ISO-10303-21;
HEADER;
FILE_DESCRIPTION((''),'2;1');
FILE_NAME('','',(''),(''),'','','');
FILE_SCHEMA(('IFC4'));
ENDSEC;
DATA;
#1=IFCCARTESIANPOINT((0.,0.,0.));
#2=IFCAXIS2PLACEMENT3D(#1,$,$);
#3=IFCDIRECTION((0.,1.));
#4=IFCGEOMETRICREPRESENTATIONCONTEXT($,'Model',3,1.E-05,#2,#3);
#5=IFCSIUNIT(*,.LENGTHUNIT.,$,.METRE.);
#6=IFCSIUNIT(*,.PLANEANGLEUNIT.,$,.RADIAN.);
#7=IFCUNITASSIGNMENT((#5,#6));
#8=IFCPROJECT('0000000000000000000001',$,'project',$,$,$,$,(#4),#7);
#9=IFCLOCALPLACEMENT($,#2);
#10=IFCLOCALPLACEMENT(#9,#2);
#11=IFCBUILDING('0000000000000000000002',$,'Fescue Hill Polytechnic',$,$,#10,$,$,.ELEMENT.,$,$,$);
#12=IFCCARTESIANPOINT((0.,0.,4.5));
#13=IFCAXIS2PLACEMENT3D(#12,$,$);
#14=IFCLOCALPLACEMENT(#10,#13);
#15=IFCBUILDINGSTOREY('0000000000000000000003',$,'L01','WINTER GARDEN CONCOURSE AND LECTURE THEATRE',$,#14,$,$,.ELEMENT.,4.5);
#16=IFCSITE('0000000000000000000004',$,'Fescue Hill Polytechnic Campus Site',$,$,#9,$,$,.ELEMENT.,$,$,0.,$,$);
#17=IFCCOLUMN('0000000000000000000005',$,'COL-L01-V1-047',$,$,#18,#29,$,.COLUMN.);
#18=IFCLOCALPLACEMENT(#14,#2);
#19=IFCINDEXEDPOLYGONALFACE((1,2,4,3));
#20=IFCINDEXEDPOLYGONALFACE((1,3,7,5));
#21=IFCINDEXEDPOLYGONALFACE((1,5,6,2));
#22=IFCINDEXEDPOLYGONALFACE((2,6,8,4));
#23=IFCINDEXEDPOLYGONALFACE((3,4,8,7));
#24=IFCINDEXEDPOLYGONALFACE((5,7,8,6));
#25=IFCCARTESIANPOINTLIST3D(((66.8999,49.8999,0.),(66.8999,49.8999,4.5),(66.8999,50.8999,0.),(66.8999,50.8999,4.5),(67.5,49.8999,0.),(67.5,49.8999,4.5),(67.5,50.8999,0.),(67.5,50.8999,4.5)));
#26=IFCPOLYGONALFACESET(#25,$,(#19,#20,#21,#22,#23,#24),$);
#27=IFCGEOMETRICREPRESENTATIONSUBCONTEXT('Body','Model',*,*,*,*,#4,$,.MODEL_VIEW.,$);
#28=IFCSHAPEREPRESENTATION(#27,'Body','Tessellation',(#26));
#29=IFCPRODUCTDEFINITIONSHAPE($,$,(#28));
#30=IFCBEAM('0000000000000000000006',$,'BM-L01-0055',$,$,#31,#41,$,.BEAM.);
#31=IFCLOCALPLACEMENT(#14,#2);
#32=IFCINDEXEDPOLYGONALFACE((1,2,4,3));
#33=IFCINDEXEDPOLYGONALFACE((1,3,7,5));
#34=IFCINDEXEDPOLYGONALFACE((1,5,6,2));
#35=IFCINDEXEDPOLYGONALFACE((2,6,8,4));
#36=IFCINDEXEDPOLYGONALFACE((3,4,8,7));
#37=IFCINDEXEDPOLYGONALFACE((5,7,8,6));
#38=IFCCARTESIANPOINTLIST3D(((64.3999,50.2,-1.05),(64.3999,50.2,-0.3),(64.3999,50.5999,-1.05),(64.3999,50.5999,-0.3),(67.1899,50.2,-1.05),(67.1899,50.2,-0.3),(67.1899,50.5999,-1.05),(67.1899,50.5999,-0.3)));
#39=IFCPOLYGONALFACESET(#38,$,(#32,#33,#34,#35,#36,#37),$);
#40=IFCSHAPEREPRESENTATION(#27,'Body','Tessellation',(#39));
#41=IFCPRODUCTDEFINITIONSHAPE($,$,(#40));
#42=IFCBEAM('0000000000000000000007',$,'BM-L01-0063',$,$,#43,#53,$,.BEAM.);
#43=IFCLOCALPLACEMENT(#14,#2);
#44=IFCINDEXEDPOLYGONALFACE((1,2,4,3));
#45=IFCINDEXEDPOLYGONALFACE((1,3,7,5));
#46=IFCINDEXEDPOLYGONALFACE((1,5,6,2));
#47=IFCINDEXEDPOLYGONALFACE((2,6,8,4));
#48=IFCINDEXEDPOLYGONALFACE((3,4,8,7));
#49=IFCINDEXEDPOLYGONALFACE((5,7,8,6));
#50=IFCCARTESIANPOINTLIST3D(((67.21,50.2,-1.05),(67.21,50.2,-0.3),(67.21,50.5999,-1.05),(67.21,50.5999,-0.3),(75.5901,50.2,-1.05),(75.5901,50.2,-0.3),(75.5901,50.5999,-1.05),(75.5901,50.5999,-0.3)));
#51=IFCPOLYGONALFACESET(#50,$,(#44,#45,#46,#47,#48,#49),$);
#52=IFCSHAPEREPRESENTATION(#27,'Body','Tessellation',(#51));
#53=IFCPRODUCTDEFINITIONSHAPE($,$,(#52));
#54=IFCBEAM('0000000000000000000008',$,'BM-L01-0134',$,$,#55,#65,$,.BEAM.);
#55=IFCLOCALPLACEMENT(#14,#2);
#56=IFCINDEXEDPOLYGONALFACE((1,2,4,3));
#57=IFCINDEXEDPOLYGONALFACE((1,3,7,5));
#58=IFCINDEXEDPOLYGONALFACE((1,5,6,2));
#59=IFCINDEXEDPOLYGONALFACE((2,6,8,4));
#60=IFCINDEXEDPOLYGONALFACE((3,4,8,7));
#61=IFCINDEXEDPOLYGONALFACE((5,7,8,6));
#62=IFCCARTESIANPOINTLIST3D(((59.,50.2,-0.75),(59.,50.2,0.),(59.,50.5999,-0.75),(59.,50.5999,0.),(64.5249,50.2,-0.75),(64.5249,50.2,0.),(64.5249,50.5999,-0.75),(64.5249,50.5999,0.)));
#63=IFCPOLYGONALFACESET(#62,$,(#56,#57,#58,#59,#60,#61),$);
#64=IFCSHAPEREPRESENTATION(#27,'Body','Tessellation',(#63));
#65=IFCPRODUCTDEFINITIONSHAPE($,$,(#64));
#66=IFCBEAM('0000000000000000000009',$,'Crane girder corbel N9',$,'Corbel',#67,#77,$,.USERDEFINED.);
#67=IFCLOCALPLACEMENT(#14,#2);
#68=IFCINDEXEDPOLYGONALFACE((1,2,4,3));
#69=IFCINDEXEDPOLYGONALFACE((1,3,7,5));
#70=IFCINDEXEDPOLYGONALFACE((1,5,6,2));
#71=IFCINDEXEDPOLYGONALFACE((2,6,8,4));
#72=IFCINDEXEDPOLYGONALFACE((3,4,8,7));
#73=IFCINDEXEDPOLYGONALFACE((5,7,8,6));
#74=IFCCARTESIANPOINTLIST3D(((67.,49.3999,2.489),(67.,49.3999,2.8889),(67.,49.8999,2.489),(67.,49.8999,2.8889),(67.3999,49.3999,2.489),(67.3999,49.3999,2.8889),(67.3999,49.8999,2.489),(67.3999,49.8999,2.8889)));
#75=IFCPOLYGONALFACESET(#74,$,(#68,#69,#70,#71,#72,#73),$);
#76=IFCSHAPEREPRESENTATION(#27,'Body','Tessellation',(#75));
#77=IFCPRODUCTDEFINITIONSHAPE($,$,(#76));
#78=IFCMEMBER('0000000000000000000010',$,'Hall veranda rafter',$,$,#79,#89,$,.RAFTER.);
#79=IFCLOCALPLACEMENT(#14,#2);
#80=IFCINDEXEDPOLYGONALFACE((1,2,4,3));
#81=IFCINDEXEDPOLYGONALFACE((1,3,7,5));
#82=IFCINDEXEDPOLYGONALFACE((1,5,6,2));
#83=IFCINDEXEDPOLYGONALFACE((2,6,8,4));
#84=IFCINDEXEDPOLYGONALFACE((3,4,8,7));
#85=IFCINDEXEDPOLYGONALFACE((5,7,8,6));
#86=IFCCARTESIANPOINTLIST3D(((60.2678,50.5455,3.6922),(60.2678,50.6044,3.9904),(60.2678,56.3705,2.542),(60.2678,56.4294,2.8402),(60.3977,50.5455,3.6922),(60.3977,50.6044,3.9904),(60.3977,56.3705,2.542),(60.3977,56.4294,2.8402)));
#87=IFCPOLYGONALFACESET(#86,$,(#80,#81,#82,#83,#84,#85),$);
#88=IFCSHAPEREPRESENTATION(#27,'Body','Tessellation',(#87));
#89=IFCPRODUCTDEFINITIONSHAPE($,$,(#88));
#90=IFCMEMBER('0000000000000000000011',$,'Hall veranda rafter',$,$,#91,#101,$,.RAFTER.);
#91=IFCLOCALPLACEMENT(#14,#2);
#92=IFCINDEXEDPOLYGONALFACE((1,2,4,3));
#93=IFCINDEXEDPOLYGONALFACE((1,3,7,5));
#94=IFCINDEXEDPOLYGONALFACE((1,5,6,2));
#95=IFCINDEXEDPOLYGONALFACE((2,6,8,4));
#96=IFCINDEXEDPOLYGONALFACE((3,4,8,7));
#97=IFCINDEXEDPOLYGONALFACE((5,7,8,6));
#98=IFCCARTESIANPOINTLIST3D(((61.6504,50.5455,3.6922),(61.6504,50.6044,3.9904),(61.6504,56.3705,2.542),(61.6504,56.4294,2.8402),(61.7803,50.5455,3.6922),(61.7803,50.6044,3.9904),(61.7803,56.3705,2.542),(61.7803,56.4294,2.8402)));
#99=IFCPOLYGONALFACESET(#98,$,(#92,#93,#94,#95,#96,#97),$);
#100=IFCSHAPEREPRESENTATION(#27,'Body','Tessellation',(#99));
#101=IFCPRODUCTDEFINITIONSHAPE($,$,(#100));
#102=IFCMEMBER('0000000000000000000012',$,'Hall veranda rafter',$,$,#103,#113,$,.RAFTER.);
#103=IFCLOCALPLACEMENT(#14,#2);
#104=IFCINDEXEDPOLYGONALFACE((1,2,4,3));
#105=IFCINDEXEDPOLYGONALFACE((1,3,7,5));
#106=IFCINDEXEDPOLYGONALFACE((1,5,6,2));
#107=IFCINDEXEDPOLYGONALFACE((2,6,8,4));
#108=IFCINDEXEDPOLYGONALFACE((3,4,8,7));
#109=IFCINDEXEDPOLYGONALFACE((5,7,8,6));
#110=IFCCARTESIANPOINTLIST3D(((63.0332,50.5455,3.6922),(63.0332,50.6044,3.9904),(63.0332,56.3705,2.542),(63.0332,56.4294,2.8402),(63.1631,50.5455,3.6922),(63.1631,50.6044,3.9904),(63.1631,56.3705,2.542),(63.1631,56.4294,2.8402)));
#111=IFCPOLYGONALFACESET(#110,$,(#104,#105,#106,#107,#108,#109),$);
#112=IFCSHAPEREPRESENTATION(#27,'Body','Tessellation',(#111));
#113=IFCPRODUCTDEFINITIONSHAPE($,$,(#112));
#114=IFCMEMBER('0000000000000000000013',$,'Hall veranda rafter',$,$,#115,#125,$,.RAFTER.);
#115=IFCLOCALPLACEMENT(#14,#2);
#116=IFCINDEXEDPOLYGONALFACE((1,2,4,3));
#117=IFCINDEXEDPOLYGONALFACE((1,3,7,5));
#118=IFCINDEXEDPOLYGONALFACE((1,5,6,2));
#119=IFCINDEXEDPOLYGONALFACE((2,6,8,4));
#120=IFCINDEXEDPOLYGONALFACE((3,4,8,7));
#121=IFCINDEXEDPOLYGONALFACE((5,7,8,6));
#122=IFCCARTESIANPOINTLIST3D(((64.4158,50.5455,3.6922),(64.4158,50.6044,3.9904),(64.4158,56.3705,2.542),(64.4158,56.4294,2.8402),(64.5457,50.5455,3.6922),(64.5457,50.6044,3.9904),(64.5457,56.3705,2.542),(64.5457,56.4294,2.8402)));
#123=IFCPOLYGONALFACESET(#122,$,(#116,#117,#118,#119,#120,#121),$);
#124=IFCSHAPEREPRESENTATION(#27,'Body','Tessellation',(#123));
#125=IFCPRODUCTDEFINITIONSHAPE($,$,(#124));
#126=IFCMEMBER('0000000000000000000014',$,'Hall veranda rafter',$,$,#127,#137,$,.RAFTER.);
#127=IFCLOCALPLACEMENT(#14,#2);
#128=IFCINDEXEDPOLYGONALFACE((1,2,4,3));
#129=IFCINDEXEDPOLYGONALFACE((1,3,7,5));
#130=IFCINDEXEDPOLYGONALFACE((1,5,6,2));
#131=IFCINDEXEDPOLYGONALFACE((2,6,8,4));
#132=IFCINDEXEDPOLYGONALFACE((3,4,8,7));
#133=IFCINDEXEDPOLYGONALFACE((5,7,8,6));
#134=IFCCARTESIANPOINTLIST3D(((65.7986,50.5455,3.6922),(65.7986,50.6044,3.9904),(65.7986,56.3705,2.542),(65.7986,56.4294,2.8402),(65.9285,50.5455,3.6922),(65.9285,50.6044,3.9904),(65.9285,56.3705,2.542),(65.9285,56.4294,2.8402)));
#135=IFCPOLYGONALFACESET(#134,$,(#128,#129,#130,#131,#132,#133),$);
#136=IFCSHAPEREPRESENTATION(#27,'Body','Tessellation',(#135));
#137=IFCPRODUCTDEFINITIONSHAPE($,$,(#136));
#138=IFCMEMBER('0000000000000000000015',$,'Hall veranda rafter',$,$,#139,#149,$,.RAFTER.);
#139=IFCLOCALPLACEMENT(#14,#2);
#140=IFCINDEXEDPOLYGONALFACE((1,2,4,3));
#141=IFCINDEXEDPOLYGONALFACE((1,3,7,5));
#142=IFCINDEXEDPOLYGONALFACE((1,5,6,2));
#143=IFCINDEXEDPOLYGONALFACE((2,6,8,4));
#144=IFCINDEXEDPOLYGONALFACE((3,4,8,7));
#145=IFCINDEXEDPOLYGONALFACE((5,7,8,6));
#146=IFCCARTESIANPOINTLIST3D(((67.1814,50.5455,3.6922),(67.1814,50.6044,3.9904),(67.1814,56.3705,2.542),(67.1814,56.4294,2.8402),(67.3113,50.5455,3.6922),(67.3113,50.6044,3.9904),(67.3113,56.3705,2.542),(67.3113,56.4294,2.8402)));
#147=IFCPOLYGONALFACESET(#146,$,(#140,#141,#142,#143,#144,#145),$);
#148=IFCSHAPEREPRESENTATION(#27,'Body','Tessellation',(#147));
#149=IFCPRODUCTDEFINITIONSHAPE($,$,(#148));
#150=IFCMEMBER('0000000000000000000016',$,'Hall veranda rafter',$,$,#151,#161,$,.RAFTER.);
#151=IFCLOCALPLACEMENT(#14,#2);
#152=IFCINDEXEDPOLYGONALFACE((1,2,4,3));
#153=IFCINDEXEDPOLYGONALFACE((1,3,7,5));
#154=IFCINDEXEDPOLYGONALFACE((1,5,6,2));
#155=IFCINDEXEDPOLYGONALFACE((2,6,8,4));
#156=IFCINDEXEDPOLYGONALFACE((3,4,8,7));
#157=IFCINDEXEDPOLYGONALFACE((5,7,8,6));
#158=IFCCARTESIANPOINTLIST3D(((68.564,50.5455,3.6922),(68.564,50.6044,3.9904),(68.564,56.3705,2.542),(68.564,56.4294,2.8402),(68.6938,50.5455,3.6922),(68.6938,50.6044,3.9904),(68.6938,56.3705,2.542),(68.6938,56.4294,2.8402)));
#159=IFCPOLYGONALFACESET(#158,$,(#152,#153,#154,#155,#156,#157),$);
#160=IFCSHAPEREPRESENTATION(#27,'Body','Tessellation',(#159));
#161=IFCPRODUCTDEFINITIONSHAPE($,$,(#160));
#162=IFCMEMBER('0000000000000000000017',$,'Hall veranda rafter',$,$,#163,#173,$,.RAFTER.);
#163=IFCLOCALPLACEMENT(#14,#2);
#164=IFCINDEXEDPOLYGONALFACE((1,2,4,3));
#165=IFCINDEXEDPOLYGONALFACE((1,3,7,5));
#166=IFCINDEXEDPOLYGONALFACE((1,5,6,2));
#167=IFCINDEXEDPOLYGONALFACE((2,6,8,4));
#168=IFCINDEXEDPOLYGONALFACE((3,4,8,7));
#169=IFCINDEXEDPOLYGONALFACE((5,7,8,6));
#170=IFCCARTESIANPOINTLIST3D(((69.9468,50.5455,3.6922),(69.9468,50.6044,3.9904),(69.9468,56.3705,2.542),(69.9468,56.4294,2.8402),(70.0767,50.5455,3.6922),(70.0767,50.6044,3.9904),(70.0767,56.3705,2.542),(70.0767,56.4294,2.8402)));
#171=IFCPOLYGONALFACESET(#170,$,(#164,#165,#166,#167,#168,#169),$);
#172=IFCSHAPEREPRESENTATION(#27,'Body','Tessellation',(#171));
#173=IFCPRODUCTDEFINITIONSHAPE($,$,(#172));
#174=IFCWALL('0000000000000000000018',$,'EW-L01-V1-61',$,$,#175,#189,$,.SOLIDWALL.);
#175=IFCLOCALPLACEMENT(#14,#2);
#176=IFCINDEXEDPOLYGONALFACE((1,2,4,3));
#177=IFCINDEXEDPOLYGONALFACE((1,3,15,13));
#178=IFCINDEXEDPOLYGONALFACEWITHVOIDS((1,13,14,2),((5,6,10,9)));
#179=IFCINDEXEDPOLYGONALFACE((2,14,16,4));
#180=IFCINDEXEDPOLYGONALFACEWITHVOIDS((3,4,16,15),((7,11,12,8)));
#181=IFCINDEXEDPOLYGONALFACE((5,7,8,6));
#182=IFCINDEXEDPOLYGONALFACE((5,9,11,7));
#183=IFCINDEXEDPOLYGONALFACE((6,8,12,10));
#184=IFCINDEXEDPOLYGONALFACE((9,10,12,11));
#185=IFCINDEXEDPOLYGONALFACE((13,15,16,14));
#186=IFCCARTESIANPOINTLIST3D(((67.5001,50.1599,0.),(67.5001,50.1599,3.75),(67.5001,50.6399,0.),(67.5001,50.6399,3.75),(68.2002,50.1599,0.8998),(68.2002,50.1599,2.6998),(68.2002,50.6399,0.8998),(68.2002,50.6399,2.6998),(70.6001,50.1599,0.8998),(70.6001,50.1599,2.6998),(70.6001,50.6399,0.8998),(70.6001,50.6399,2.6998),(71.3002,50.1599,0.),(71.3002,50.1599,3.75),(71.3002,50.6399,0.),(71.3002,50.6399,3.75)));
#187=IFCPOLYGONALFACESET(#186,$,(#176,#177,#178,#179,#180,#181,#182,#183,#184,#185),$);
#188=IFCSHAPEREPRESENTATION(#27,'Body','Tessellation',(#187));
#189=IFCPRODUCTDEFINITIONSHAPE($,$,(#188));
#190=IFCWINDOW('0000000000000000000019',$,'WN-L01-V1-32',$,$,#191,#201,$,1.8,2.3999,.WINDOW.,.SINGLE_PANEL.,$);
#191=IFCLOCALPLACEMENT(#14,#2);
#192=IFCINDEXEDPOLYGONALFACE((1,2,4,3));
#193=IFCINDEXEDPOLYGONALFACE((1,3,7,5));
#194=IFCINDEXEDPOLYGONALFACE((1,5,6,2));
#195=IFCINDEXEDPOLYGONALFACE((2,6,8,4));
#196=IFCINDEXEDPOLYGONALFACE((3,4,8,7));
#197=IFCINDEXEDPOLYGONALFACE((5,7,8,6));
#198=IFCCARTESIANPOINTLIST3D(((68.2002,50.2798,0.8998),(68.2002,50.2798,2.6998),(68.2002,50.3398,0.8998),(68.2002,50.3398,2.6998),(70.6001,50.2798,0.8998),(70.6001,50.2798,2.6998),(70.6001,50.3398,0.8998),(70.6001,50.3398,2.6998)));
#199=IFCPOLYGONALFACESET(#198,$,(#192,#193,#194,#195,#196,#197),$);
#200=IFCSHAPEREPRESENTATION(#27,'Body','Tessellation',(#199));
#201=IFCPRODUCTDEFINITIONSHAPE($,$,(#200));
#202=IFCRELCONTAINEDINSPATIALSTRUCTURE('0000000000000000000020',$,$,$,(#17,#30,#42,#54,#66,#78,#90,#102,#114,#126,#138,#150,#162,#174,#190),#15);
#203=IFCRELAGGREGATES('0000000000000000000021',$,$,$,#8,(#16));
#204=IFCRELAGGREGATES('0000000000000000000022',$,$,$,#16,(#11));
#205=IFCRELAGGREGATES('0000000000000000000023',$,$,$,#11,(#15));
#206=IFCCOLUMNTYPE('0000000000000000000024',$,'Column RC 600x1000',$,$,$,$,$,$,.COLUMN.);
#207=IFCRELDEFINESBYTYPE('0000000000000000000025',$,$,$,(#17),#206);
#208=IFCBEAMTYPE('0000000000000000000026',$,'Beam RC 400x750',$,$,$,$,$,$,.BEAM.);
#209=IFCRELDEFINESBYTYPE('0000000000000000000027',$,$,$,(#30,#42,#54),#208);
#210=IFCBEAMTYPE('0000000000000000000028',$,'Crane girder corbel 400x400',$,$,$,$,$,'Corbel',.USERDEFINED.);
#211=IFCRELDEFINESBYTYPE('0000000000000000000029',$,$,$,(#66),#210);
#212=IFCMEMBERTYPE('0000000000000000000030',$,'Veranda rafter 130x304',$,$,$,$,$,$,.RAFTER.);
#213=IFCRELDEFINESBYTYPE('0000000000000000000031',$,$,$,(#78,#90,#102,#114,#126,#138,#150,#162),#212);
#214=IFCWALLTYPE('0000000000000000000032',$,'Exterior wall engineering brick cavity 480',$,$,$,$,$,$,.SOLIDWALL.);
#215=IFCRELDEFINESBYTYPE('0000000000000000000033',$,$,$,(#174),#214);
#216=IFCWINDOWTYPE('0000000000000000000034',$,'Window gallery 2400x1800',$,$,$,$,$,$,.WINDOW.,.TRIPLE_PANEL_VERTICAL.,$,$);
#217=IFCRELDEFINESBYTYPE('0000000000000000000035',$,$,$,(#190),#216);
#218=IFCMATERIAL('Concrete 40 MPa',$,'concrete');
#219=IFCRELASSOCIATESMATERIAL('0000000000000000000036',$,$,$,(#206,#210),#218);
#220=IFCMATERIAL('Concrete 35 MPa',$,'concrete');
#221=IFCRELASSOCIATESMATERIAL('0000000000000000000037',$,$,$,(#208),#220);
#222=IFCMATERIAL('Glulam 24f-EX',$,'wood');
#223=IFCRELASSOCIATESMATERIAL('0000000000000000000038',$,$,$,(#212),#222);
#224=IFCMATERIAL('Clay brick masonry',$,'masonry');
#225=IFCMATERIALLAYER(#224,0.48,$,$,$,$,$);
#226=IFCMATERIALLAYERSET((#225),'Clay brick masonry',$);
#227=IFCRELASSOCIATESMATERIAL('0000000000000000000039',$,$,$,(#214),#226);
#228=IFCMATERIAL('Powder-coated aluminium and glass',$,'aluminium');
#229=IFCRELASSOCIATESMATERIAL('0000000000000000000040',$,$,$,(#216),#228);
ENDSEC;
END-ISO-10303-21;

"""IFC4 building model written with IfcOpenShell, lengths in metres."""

from ifc_helpers import new_model, si_unit, direction, frame, frame_2d, origin, origin_2d, place, context, subcontext, project, spatial, rectangle, extrude, material, layer, layer_set, material_profile, profile_set, type_object, element, fill, save


model = new_model("IFC4")

# Units and contexts
model_context = context("Model", 3, precision=1e-05, world=origin(), true_north=direction((0.0, 1.0)))
body_context = subcontext(model_context, "Body", "Model", "MODEL_VIEW")
ifc_project = project(units=[si_unit("LENGTHUNIT", "METRE"), si_unit("PLANEANGLEUNIT", "RADIAN")], contexts=[model_context])

# Site, building, storey
site_placement = place(None, origin())
site = spatial("IfcSite", under=ifc_project, at=site_placement, Name="Fescue Hill Polytechnic Campus Site", CompositionType="ELEMENT", RefElevation=0.0)
building_placement = place(site_placement, origin())
building = spatial("IfcBuilding", under=site, at=building_placement, Name="Fescue Hill Polytechnic", CompositionType="ELEMENT")
storey_placement = place(building_placement, frame((0.0, 0.0, 4.5)))
storey = spatial("IfcBuildingStorey", under=building, at=storey_placement, Name="L01", Description="WINTER GARDEN CONCOURSE AND LECTURE THEATRE", CompositionType="ELEMENT", Elevation=4.5)

# Column
ifc_material_1 = material(Name="Concrete 40 MPa", Category="concrete")
ifc_material_profile_1 = material_profile(ifc_material_1, rectangle(XDim=0.6001, YDim=1.0, at=origin_2d()), Name="RC 600x1000")
ifc_profile_set_1 = profile_set([ifc_material_profile_1], Name="Concrete 40 MPa")
column_type = type_object("IfcColumnType", Name="Column RC 600x1000", PredefinedType="COLUMN", material=ifc_profile_set_1)
column_placement = place(storey_placement, frame((67.2, 50.3999, 0.0), z_axis=(0.0, 0.0, 1.0), x_axis=(1.0, 0.0, 0.0)))
element("IfcColumn", 1, at=column_placement, inside=storey, type_object=column_type, Name="COL-L01-V1-047", PredefinedType="COLUMN", context=body_context, shape_type="SweptSolid", body=[
    extrude(rectangle(XDim=0.6001, YDim=1.0, at=origin_2d()), origin(), (0.0, 0.0, 1.0), 4.5),
])

# Beams
ifc_material_2 = material(Name="Concrete 35 MPa", Category="concrete")
ifc_material_profile_2 = material_profile(ifc_material_2, rectangle(XDim=0.3999, YDim=0.75, at=origin_2d()), Name="RC 400x750")
ifc_profile_set_2 = profile_set([ifc_material_profile_2], Name="Concrete 35 MPa")
beam_type_1 = type_object("IfcBeamType", Name="Beam RC 400x750", PredefinedType="BEAM", material=ifc_profile_set_2)
beam_1_placement = place(storey_placement, frame((64.3999, 50.3999, -0.675), z_axis=(1.0, 0.0, 0.0), x_axis=(0.0, 1.0, 0.0)))
element("IfcBeam", 2, at=beam_1_placement, inside=storey, type_object=beam_type_1, Name="BM-L01-0055", PredefinedType="BEAM", context=body_context, shape_type="SweptSolid", body=[
    extrude(rectangle(XDim=0.3999, YDim=0.75, at=origin_2d()), origin(), (0.0, 0.0, 1.0), 2.79),
])
beam_2_placement = place(storey_placement, frame((67.21, 50.3999, -0.675), z_axis=(1.0, 0.0, 0.0), x_axis=(0.0, 1.0, 0.0)))
element("IfcBeam", 3, at=beam_2_placement, inside=storey, type_object=beam_type_1, Name="BM-L01-0063", PredefinedType="BEAM", context=body_context, shape_type="SweptSolid", body=[
    extrude(rectangle(XDim=0.3999, YDim=0.75, at=origin_2d()), origin(), (0.0, 0.0, 1.0), 8.3801),
])
beam_3_placement = place(storey_placement, frame((59.0, 50.3999, -0.375), z_axis=(1.0, 0.0, 0.0), x_axis=(0.0, 1.0, 0.0)))
element("IfcBeam", 4, at=beam_3_placement, inside=storey, type_object=beam_type_1, Name="BM-L01-0134", PredefinedType="BEAM", context=body_context, shape_type="SweptSolid", body=[
    extrude(rectangle(XDim=0.3999, YDim=0.75, at=origin_2d()), origin(), (0.0, 0.0, 1.0), 5.5249),
])
ifc_material_profile_3 = material_profile(ifc_material_1, rectangle(XDim=0.3999, YDim=0.3999, at=origin_2d()), Name="Crane girder corbel 400x400")
ifc_profile_set_3 = profile_set([ifc_material_profile_3], Name="Concrete 40 MPa")
beam_type_2 = type_object("IfcBeamType", Name="Crane girder corbel 400x400", ElementType="Corbel", PredefinedType="USERDEFINED", material=ifc_profile_set_3)
beam_4_placement = place(storey_placement, frame((67.2, 49.8999, 2.689), z_axis=(0.0, -1.0, 0.0), x_axis=(1.0, 0.0, 0.0)))
element("IfcBeam", 5, at=beam_4_placement, inside=storey, type_object=beam_type_2, Name="Crane girder corbel N9", ObjectType="Corbel", PredefinedType="USERDEFINED", context=body_context, shape_type="SweptSolid", body=[
    extrude(rectangle(XDim=0.3999, YDim=0.3999, at=origin_2d()), origin(), (0.0, 0.0, 1.0), 0.5),
])

# Members
ifc_material_3 = material(Name="Glulam 24f-EX", Category="wood")
ifc_material_profile_4 = material_profile(ifc_material_3, rectangle(XDim=0.1299, YDim=0.304, at=origin_2d()), Name="Veranda rafter 130x304")
ifc_profile_set_4 = profile_set([ifc_material_profile_4], Name="Glulam 24f-EX")
member_type = type_object("IfcMemberType", Name="Veranda rafter 130x304", PredefinedType="RAFTER", material=ifc_profile_set_4)
for number, where, z_axis, x_axis, name in (
    (6, (60.3328, 50.575, 3.8413), (0.0, 0.981059, -0.193712), (-1.0, 0.0, 0.0), "Hall veranda rafter"),
    (7, (61.7153, 50.575, 3.8413), (0.0, 0.981059, -0.193712), (-1.0, 0.0, 0.0), "Hall veranda rafter"),
    (8, (63.0981, 50.575, 3.8413), (0.0, 0.981059, -0.193712), (-1.0, 0.0, 0.0), "Hall veranda rafter"),
    (9, (64.4807, 50.575, 3.8413), (0.0, 0.981059, -0.193712), (-1.0, 0.0, 0.0), "Hall veranda rafter"),
    (10, (65.8635, 50.575, 3.8413), (0.0, 0.981059, -0.193712), (-1.0, 0.0, 0.0), "Hall veranda rafter"),
    (11, (67.2463, 50.575, 3.8413), (0.0, 0.981059, -0.193712), (-1.0, 0.0, 0.0), "Hall veranda rafter"),
    (12, (68.6289, 50.575, 3.8413), (0.0, 0.981059, -0.193712), (-1.0, 0.0, 0.0), "Hall veranda rafter"),
    (13, (70.0117, 50.575, 3.8413), (0.0, 0.981059, -0.193712), (-1.0, 0.0, 0.0), "Hall veranda rafter"),
):
    element("IfcMember", number, at=place(storey_placement, frame(where, z_axis=z_axis, x_axis=x_axis)), inside=storey, type_object=member_type, Name=name, PredefinedType="RAFTER", context=body_context, shape_type="SweptSolid", body=[
        extrude(rectangle(XDim=0.1299, YDim=0.304, at=origin_2d()), origin(), (0.0, 0.0, 1.0), 5.9375),
    ])

# Wall, opening, window
ifc_material_4 = material(Name="Clay brick masonry", Category="masonry")
ifc_layer_1 = layer(ifc_material_4, 0.48)
ifc_layer_set_1 = layer_set([ifc_layer_1], Name="Clay brick masonry")
wall_type_1 = type_object("IfcWallType", Name="Exterior wall engineering brick cavity 480", PredefinedType="SOLIDWALL", material=ifc_layer_set_1)
wall_1_placement = place(storey_placement, frame((71.3, 50.3999, 0.0), z_axis=(0.0, 0.0, 1.0), x_axis=(-1.0, 0.0, 0.0)))
wall_1 = element("IfcWall", 14, at=wall_1_placement, inside=storey, type_object=wall_type_1, Name="EW-L01-V1-61", PredefinedType="SOLIDWALL", context=body_context, shape_type="SweptSolid", body=[
    extrude(rectangle(XDim=3.8, YDim=0.48, at=frame_2d((1.8999, 0.0))), origin(), (0.0, 0.0, 1.0), 3.75),
])
opening_placement = place(wall_1_placement, frame((0.7, 0.0, 0.8999)))
opening = element("IfcOpeningElement", 15, at=opening_placement, cuts=wall_1, PredefinedType="OPENING", context=body_context, shape_type="SweptSolid", body=[
    extrude(rectangle(XDim=2.3999, YDim=1.8, at=frame_2d((1.2, 0.8999))), frame((0.0, 0.25, 0.0), z_axis=(0.0, -1.0, 0.0), x_axis=(1.0, 0.0, 0.0)), (0.0, 0.0, 1.0), 0.5),
])
ifc_material_5 = material(Name="Powder-coated aluminium and glass", Category="aluminium")
window_type = type_object("IfcWindowType", Name="Window gallery 2400x1800", PartitioningType="TRIPLE_PANEL_VERTICAL", PredefinedType="WINDOW", material=ifc_material_5)
window_placement = place(opening_placement, origin())
window = element("IfcWindow", 16, at=window_placement, inside=storey, type_object=window_type, Name="WN-L01-V1-32", OverallHeight=1.8, OverallWidth=2.3999, PartitioningType="SINGLE_PANEL", PredefinedType="WINDOW", context=body_context, shape_type="SweptSolid", body=[
    extrude(rectangle(XDim=2.3999, YDim=1.8, at=frame_2d((1.2, 0.8999))), frame((0.0, 0.1201, 0.0), z_axis=(0.0, -1.0, 0.0), x_axis=(1.0, 0.0, 0.0)), (0.0, 0.0, 1.0), 0.0601),
])
fill(opening, window)

save(model, "model.ifc")
